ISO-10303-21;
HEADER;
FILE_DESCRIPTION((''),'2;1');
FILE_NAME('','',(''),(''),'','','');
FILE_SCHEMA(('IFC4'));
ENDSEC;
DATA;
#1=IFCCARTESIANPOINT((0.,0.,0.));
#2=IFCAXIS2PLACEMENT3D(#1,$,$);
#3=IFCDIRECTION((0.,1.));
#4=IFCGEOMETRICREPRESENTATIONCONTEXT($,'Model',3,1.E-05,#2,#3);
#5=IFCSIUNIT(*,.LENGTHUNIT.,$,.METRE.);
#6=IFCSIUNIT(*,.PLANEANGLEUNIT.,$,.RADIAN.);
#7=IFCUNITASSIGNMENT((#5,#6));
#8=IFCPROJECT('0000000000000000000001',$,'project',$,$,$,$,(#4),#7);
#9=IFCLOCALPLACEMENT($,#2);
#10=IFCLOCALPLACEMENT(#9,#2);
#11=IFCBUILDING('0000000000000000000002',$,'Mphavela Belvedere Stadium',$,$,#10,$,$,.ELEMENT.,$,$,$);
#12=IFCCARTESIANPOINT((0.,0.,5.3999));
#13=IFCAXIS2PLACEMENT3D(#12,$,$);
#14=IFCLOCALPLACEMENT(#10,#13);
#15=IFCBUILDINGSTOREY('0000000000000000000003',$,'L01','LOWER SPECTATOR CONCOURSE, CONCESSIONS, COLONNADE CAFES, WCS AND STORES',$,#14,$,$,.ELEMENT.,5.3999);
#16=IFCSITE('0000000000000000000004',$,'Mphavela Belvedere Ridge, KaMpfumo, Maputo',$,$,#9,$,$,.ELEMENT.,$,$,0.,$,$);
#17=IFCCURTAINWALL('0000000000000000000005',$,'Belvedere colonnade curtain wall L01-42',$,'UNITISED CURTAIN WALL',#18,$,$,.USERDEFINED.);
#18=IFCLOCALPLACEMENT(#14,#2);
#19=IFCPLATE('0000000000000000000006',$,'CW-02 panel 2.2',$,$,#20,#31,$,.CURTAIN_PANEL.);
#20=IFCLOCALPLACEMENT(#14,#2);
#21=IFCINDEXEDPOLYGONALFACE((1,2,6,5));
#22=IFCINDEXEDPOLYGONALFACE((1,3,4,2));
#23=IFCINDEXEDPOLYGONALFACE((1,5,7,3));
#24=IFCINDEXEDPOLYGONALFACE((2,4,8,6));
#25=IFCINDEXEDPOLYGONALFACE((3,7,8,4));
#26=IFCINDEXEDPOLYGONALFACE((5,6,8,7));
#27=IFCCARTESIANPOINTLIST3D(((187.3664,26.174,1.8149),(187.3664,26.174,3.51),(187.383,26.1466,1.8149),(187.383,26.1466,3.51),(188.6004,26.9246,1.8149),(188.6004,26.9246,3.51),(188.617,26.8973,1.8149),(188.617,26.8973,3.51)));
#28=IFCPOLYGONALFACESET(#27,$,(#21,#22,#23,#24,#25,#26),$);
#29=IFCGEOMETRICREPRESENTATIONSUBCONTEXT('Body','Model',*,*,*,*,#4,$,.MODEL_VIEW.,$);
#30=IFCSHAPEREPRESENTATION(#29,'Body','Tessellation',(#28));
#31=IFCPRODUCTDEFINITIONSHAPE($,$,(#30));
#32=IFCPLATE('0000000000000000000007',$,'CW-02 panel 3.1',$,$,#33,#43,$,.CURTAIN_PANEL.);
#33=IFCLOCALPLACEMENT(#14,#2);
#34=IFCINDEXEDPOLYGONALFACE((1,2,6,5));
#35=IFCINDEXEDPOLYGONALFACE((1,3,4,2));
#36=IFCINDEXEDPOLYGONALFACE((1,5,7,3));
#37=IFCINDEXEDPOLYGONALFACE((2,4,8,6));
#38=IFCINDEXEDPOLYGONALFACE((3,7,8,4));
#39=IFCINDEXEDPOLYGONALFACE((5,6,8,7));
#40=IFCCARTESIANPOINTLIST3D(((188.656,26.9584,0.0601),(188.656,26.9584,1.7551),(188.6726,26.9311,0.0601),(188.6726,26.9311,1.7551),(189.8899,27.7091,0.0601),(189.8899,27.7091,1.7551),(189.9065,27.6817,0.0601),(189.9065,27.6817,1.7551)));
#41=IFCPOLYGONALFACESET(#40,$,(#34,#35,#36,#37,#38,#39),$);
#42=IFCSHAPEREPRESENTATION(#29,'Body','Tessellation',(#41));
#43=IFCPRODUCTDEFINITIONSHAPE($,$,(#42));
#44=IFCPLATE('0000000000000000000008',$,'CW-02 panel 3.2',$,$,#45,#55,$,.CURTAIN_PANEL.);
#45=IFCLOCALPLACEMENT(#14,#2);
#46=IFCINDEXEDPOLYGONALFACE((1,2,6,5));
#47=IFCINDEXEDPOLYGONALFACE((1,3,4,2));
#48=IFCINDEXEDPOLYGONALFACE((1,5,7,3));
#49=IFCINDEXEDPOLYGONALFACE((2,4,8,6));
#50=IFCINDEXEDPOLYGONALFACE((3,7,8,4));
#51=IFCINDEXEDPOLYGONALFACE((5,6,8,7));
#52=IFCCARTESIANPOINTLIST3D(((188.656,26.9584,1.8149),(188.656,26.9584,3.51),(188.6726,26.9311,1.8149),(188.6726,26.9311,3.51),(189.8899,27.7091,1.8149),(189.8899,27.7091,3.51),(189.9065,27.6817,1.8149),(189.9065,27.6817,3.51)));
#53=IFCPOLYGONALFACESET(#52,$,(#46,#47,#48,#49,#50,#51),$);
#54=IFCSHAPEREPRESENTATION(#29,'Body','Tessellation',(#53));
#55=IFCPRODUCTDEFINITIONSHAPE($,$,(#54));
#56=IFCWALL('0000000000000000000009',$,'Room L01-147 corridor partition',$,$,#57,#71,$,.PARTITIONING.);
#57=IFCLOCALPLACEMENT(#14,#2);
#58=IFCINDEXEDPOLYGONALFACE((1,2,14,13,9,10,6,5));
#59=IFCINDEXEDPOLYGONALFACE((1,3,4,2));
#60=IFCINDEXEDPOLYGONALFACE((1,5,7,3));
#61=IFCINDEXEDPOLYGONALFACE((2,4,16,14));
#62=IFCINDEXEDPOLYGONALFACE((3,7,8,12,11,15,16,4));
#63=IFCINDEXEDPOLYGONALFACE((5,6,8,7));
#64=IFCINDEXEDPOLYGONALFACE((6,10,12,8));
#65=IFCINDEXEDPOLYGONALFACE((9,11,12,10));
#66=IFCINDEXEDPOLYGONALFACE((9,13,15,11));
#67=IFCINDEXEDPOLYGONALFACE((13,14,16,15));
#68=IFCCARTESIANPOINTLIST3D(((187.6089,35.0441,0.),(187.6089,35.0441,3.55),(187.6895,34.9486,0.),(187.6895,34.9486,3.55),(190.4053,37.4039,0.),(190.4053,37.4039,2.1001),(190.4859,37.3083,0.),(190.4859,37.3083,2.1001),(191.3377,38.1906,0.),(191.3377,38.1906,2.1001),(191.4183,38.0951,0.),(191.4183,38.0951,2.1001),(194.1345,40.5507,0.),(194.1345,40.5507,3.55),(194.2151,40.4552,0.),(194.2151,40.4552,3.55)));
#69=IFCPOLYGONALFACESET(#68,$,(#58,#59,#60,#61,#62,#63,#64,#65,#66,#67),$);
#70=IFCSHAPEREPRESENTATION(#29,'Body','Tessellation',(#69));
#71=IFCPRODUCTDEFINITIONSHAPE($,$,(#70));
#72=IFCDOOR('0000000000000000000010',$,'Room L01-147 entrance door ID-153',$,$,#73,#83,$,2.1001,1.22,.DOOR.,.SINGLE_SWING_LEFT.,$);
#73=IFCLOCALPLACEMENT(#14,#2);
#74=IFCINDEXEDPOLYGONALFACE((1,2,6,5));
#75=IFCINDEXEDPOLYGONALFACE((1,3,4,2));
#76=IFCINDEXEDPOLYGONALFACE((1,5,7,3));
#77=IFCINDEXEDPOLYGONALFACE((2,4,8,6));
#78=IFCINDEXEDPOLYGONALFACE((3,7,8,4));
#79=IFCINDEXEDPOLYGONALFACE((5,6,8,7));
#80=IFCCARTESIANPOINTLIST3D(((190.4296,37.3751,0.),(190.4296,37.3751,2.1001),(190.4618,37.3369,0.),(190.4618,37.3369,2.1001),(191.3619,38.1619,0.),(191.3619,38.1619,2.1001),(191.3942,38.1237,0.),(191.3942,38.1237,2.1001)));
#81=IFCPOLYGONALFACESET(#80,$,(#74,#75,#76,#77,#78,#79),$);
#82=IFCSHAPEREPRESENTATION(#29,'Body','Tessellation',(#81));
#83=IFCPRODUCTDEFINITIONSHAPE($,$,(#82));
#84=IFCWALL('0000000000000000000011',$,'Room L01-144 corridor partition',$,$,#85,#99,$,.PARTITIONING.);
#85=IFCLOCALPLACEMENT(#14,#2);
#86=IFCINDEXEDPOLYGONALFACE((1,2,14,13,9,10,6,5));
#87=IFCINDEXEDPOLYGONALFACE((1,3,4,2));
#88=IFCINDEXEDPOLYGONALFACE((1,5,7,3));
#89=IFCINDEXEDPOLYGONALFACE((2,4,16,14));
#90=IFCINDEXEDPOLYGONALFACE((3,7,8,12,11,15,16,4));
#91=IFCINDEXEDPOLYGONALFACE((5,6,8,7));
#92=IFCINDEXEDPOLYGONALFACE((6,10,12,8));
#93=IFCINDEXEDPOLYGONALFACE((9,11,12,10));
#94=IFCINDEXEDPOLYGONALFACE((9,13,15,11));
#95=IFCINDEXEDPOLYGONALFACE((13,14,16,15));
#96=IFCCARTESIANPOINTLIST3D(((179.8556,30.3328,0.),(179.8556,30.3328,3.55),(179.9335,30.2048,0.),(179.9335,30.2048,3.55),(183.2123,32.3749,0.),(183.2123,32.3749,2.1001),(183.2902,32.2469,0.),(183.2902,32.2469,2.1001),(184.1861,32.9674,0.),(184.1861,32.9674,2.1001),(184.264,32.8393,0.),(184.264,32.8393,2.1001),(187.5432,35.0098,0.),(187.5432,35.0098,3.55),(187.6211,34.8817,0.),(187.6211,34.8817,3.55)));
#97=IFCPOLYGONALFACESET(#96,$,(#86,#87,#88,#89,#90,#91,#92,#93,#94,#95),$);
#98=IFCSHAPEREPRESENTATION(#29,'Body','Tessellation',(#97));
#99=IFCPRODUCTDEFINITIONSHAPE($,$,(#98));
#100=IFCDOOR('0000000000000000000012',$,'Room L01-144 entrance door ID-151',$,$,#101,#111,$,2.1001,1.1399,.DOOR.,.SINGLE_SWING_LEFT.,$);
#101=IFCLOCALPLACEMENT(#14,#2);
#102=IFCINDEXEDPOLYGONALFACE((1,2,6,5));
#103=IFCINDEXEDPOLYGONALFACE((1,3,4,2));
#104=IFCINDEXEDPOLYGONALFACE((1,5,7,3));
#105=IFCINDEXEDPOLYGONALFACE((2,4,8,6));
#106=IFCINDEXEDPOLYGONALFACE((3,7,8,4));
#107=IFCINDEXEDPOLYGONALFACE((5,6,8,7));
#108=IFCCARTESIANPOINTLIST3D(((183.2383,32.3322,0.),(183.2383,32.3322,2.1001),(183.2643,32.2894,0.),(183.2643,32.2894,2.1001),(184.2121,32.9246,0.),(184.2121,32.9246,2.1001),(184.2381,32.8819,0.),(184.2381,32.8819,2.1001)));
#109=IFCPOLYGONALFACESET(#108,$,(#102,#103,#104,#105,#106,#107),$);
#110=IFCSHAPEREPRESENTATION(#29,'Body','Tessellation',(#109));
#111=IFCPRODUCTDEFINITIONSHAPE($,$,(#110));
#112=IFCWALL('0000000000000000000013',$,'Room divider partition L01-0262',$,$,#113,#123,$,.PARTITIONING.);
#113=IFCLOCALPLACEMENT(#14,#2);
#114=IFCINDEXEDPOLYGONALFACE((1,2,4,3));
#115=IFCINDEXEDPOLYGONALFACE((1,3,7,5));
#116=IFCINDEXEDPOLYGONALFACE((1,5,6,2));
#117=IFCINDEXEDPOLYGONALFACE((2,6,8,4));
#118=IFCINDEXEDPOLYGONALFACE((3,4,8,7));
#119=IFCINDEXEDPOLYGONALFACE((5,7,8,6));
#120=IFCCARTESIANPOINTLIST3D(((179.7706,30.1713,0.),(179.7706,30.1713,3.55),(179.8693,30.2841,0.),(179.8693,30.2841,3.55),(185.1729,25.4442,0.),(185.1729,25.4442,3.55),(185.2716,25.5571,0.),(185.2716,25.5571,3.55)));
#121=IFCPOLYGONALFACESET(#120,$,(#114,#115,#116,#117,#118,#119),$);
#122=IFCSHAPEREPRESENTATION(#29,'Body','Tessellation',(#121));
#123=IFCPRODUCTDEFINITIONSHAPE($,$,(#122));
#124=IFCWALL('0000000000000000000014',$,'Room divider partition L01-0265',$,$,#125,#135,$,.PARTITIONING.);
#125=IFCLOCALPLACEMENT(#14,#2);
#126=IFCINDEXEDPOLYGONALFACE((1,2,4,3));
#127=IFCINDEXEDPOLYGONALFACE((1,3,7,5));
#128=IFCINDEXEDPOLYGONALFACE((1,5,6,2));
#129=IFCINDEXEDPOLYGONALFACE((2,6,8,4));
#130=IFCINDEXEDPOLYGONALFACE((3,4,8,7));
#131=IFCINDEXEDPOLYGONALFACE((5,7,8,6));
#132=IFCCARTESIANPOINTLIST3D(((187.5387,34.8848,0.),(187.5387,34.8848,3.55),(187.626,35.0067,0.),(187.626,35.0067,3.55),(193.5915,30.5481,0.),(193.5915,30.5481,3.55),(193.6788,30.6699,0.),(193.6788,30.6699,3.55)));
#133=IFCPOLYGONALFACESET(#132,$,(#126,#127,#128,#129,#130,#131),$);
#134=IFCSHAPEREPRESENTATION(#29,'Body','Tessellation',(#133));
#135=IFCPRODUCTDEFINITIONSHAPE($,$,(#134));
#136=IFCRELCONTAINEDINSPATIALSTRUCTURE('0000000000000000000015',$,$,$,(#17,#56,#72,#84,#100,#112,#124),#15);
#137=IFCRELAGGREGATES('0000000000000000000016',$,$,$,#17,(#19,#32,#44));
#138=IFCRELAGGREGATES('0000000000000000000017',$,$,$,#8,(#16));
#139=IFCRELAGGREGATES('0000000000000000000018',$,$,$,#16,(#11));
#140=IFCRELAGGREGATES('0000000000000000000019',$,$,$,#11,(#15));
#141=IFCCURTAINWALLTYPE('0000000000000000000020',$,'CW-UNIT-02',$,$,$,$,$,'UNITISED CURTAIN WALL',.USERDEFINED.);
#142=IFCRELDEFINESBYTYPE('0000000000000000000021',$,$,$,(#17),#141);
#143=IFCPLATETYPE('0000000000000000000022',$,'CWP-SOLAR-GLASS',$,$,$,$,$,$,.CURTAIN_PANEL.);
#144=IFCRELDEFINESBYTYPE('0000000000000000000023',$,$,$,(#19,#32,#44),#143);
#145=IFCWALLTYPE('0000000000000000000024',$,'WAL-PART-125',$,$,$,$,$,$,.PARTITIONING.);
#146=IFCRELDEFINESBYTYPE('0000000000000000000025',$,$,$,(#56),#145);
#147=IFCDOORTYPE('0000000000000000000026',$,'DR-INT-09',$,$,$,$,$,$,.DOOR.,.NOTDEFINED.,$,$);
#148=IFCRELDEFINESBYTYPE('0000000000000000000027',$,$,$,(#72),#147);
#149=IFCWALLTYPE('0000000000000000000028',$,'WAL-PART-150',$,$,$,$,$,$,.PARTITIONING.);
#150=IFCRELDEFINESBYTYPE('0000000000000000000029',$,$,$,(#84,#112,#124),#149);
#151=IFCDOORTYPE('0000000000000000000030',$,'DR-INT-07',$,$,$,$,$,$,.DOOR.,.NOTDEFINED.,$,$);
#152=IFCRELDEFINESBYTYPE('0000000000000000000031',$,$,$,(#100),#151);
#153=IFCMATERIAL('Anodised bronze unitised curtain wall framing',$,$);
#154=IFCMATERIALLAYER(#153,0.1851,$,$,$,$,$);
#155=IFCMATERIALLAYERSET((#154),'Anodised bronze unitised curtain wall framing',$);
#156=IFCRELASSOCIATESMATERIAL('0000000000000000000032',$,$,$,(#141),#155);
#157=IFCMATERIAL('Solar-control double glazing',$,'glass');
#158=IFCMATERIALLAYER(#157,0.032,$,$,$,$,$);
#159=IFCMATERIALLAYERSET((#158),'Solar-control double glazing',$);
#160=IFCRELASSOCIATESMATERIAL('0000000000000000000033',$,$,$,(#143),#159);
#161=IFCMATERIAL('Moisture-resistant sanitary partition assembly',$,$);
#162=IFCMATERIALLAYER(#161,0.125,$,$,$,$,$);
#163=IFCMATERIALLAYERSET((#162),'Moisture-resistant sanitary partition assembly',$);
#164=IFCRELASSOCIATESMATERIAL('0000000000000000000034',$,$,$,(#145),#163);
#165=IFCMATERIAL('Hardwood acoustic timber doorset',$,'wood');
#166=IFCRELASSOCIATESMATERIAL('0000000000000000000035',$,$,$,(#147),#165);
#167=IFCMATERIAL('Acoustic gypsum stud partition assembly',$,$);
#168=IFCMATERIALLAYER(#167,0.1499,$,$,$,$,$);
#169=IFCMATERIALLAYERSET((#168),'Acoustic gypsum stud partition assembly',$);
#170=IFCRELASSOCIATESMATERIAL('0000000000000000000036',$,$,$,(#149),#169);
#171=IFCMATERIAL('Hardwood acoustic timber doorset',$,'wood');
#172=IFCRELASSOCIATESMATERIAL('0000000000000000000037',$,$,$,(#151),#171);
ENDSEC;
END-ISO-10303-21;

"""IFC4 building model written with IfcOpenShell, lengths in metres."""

from ifc_helpers import new_model, si_unit, direction, frame, frame_2d, origin, origin_2d, place, context, subcontext, project, spatial, rectangle, extrude, material, layer, layer_set, type_object, element, fill, aggregate, save


model = new_model("IFC4")

# Units and contexts
model_context = context("Model", 3, precision=1e-05, world=origin(), true_north=direction((0.0, 1.0)))
body_context = subcontext(model_context, "Body", "Model", "MODEL_VIEW")
ifc_project = project(units=[si_unit("LENGTHUNIT", "METRE"), si_unit("PLANEANGLEUNIT", "RADIAN")], contexts=[model_context])

# Site, building, storey
site_placement = place(None, origin())
site = spatial("IfcSite", under=ifc_project, at=site_placement, Name="Mphavela Belvedere Ridge, KaMpfumo, Maputo", CompositionType="ELEMENT", RefElevation=0.0)
building_placement = place(site_placement, origin())
building = spatial("IfcBuilding", under=site, at=building_placement, Name="Mphavela Belvedere Stadium", CompositionType="ELEMENT")
storey_placement = place(building_placement, frame((0.0, 0.0, 5.3999)))
storey = spatial("IfcBuildingStorey", under=building, at=storey_placement, Name="L01", Description="LOWER SPECTATOR CONCOURSE, CONCESSIONS, COLONNADE CAFES, WCS AND STORES", CompositionType="ELEMENT", Elevation=5.3999)

# Curtain wall, plates
ifc_material_1 = material(Name="Anodised bronze unitised curtain wall framing")
ifc_layer_1 = layer(ifc_material_1, 0.1851)
ifc_layer_set_1 = layer_set([ifc_layer_1], Name="Anodised bronze unitised curtain wall framing")
curtain_wall_type = type_object("IfcCurtainWallType", Name="CW-UNIT-02", ElementType="UNITISED CURTAIN WALL", PredefinedType="USERDEFINED", material=ifc_layer_set_1)
curtain_wall_placement = place(storey_placement, origin())
curtain_wall = element("IfcCurtainWall", 1, at=curtain_wall_placement, inside=storey, type_object=curtain_wall_type, Name="Belvedere colonnade curtain wall L01-42", ObjectType="UNITISED CURTAIN WALL", PredefinedType="USERDEFINED")
ifc_material_2 = material(Name="Solar-control double glazing", Category="glass")
ifc_layer_2 = layer(ifc_material_2, 0.032)
ifc_layer_set_2 = layer_set([ifc_layer_2], Name="Solar-control double glazing")
plate_type = type_object("IfcPlateType", Name="CWP-SOLAR-GLASS", PredefinedType="CURTAIN_PANEL", material=ifc_layer_set_2)
plate_1_placement = place(storey_placement, frame((187.9917, 26.5356, 1.8149), z_axis=(0.0, 0.0, 1.0), x_axis=(0.854328, 0.519735, 0.0)))
plate_1 = element("IfcPlate", 2, at=plate_1_placement, type_object=plate_type, Name="CW-02 panel 2.2", PredefinedType="CURTAIN_PANEL", context=body_context, shape_type="SweptSolid", body=[
    extrude(rectangle(XDim=1.4443, YDim=0.032, at=origin_2d()), origin(), (0.0, 0.0, 1.0), 1.6951),
])
plate_2_placement = place(storey_placement, frame((189.2812, 27.3201, 0.0601), z_axis=(0.0, 0.0, 1.0), x_axis=(0.854328, 0.519735, 0.0)))
plate_2 = element("IfcPlate", 3, at=plate_2_placement, type_object=plate_type, Name="CW-02 panel 3.1", PredefinedType="CURTAIN_PANEL", context=body_context, shape_type="SweptSolid", body=[
    extrude(rectangle(XDim=1.4443, YDim=0.032, at=origin_2d()), origin(), (0.0, 0.0, 1.0), 1.6951),
])
plate_3_placement = place(storey_placement, frame((189.2812, 27.3201, 1.8149), z_axis=(0.0, 0.0, 1.0), x_axis=(0.854328, 0.519735, 0.0)))
plate_3 = element("IfcPlate", 4, at=plate_3_placement, type_object=plate_type, Name="CW-02 panel 3.2", PredefinedType="CURTAIN_PANEL", context=body_context, shape_type="SweptSolid", body=[
    extrude(rectangle(XDim=1.4443, YDim=0.032, at=origin_2d()), origin(), (0.0, 0.0, 1.0), 1.6951),
])
aggregate(curtain_wall, [plate_1, plate_2, plate_3])

# Walls, openings, doors
ifc_material_3 = material(Name="Moisture-resistant sanitary partition assembly")
ifc_layer_3 = layer(ifc_material_3, 0.125)
ifc_layer_set_3 = layer_set([ifc_layer_3], Name="Moisture-resistant sanitary partition assembly")
wall_type_1 = type_object("IfcWallType", Name="WAL-PART-125", PredefinedType="PARTITIONING", material=ifc_layer_set_3)
wall_1_placement = place(storey_placement, frame((187.6492, 34.9963, 0.0), z_axis=(0.0, 0.0, 1.0), x_axis=(0.764258, 0.644911, 0.0)))
wall_1 = element("IfcWall", 5, at=wall_1_placement, inside=storey, type_object=wall_type_1, Name="Room L01-147 corridor partition", PredefinedType="PARTITIONING", context=body_context, shape_type="SweptSolid", body=[
    extrude(rectangle(XDim=8.5386, YDim=0.125, at=frame_2d((4.2693, 0.0))), origin(), (0.0, 0.0, 1.0), 3.55),
])
opening_1_placement = place(wall_1_placement, frame((3.6592, 0.0, 0.0)))
opening_1 = element("IfcOpeningElement", 6, at=opening_1_placement, cuts=wall_1, PredefinedType="OPENING", context=body_context, shape_type="SweptSolid", body=[
    extrude(rectangle(XDim=1.22, YDim=2.1001, at=frame_2d((0.6099, 1.05))), frame((0.0, 0.0725, 0.0), z_axis=(0.0, -1.0, 0.0), x_axis=(1.0, 0.0, 0.0)), (0.0, 0.0, 1.0), 0.145),
])
ifc_material_4 = material(Name="Hardwood acoustic timber doorset", Category="wood")
door_type_1 = type_object("IfcDoorType", Name="DR-INT-09", OperationType="NOTDEFINED", PredefinedType="DOOR", material=ifc_material_4)
door_1_placement = place(opening_1_placement, origin())
door_1 = element("IfcDoor", 7, at=door_1_placement, inside=storey, type_object=door_type_1, Name="Room L01-147 entrance door ID-153", OperationType="SINGLE_SWING_LEFT", OverallHeight=2.1001, OverallWidth=1.22, PredefinedType="DOOR", context=body_context, shape_type="SweptSolid", body=[
    extrude(rectangle(XDim=1.22, YDim=2.1001, at=frame_2d((0.6099, 1.05))), frame((0.0, 0.0249, 0.0), z_axis=(0.0, -1.0, 0.0), x_axis=(1.0, 0.0, 0.0)), (0.0, 0.0, 1.0), 0.05),
])
fill(opening_1, door_1)
ifc_material_5 = material(Name="Acoustic gypsum stud partition assembly")
ifc_layer_4 = layer(ifc_material_5, 0.1499)
ifc_layer_set_4 = layer_set([ifc_layer_4], Name="Acoustic gypsum stud partition assembly")
wall_type_2 = type_object("IfcWallType", Name="WAL-PART-150", PredefinedType="PARTITIONING", material=ifc_layer_set_4)
wall_2_placement = place(storey_placement, frame((179.8945, 30.2688, 0.0), z_axis=(0.0, 0.0, 1.0), x_axis=(0.854322, 0.519745, 0.0)))
wall_2 = element("IfcWall", 8, at=wall_2_placement, inside=storey, type_object=wall_type_2, Name="Room L01-144 corridor partition", PredefinedType="PARTITIONING", context=body_context, shape_type="SweptSolid", body=[
    extrude(rectangle(XDim=8.9985, YDim=0.1499, at=frame_2d((4.4993, 0.0))), origin(), (0.0, 0.0, 1.0), 3.55),
])
opening_2_placement = place(wall_2_placement, frame((3.9292, 0.0, 0.0)))
opening_2 = element("IfcOpeningElement", 9, at=opening_2_placement, cuts=wall_2, PredefinedType="OPENING", context=body_context, shape_type="SweptSolid", body=[
    extrude(rectangle(XDim=1.1399, YDim=2.1001, at=frame_2d((0.5698, 1.05))), frame((0.0, 0.085, 0.0), z_axis=(0.0, -1.0, 0.0), x_axis=(1.0, 0.0, 0.0)), (0.0, 0.0, 1.0), 0.1699),
])
ifc_material_6 = material(Name="Hardwood acoustic timber doorset", Category="wood")
door_type_2 = type_object("IfcDoorType", Name="DR-INT-07", OperationType="NOTDEFINED", PredefinedType="DOOR", material=ifc_material_6)
door_2_placement = place(opening_2_placement, origin())
door_2 = element("IfcDoor", 10, at=door_2_placement, inside=storey, type_object=door_type_2, Name="Room L01-144 entrance door ID-151", OperationType="SINGLE_SWING_LEFT", OverallHeight=2.1001, OverallWidth=1.1399, PredefinedType="DOOR", context=body_context, shape_type="SweptSolid", body=[
    extrude(rectangle(XDim=1.1399, YDim=2.1001, at=frame_2d((0.5698, 1.05))), frame((0.0, 0.0249, 0.0), z_axis=(0.0, -1.0, 0.0), x_axis=(1.0, 0.0, 0.0)), (0.0, 0.0, 1.0), 0.05),
])
fill(opening_2, door_2)

# Walls
wall_3_placement = place(storey_placement, frame((179.8198, 30.2278, 0.0), z_axis=(0.0, 0.0, 1.0), x_axis=(0.752577, -0.658505, 0.0)))
element("IfcWall", 11, at=wall_3_placement, inside=storey, type_object=wall_type_2, Name="Room divider partition L01-0262", PredefinedType="PARTITIONING", context=body_context, shape_type="SweptSolid", body=[
    extrude(rectangle(XDim=7.1785, YDim=0.1499, at=frame_2d((3.5894, 0.0))), origin(), (0.0, 0.0, 1.0), 3.55),
])
wall_4_placement = place(storey_placement, frame((187.5823, 34.9458, 0.0), z_axis=(0.0, 0.0, 1.0), x_axis=(0.812889, -0.582419, 0.0)))
element("IfcWall", 12, at=wall_4_placement, inside=storey, type_object=wall_type_2, Name="Room divider partition L01-0265", PredefinedType="PARTITIONING", context=body_context, shape_type="SweptSolid", body=[
    extrude(rectangle(XDim=7.446, YDim=0.1499, at=frame_2d((3.7231, 0.0))), origin(), (0.0, 0.0, 1.0), 3.55),
])

save(model, "model.ifc")
